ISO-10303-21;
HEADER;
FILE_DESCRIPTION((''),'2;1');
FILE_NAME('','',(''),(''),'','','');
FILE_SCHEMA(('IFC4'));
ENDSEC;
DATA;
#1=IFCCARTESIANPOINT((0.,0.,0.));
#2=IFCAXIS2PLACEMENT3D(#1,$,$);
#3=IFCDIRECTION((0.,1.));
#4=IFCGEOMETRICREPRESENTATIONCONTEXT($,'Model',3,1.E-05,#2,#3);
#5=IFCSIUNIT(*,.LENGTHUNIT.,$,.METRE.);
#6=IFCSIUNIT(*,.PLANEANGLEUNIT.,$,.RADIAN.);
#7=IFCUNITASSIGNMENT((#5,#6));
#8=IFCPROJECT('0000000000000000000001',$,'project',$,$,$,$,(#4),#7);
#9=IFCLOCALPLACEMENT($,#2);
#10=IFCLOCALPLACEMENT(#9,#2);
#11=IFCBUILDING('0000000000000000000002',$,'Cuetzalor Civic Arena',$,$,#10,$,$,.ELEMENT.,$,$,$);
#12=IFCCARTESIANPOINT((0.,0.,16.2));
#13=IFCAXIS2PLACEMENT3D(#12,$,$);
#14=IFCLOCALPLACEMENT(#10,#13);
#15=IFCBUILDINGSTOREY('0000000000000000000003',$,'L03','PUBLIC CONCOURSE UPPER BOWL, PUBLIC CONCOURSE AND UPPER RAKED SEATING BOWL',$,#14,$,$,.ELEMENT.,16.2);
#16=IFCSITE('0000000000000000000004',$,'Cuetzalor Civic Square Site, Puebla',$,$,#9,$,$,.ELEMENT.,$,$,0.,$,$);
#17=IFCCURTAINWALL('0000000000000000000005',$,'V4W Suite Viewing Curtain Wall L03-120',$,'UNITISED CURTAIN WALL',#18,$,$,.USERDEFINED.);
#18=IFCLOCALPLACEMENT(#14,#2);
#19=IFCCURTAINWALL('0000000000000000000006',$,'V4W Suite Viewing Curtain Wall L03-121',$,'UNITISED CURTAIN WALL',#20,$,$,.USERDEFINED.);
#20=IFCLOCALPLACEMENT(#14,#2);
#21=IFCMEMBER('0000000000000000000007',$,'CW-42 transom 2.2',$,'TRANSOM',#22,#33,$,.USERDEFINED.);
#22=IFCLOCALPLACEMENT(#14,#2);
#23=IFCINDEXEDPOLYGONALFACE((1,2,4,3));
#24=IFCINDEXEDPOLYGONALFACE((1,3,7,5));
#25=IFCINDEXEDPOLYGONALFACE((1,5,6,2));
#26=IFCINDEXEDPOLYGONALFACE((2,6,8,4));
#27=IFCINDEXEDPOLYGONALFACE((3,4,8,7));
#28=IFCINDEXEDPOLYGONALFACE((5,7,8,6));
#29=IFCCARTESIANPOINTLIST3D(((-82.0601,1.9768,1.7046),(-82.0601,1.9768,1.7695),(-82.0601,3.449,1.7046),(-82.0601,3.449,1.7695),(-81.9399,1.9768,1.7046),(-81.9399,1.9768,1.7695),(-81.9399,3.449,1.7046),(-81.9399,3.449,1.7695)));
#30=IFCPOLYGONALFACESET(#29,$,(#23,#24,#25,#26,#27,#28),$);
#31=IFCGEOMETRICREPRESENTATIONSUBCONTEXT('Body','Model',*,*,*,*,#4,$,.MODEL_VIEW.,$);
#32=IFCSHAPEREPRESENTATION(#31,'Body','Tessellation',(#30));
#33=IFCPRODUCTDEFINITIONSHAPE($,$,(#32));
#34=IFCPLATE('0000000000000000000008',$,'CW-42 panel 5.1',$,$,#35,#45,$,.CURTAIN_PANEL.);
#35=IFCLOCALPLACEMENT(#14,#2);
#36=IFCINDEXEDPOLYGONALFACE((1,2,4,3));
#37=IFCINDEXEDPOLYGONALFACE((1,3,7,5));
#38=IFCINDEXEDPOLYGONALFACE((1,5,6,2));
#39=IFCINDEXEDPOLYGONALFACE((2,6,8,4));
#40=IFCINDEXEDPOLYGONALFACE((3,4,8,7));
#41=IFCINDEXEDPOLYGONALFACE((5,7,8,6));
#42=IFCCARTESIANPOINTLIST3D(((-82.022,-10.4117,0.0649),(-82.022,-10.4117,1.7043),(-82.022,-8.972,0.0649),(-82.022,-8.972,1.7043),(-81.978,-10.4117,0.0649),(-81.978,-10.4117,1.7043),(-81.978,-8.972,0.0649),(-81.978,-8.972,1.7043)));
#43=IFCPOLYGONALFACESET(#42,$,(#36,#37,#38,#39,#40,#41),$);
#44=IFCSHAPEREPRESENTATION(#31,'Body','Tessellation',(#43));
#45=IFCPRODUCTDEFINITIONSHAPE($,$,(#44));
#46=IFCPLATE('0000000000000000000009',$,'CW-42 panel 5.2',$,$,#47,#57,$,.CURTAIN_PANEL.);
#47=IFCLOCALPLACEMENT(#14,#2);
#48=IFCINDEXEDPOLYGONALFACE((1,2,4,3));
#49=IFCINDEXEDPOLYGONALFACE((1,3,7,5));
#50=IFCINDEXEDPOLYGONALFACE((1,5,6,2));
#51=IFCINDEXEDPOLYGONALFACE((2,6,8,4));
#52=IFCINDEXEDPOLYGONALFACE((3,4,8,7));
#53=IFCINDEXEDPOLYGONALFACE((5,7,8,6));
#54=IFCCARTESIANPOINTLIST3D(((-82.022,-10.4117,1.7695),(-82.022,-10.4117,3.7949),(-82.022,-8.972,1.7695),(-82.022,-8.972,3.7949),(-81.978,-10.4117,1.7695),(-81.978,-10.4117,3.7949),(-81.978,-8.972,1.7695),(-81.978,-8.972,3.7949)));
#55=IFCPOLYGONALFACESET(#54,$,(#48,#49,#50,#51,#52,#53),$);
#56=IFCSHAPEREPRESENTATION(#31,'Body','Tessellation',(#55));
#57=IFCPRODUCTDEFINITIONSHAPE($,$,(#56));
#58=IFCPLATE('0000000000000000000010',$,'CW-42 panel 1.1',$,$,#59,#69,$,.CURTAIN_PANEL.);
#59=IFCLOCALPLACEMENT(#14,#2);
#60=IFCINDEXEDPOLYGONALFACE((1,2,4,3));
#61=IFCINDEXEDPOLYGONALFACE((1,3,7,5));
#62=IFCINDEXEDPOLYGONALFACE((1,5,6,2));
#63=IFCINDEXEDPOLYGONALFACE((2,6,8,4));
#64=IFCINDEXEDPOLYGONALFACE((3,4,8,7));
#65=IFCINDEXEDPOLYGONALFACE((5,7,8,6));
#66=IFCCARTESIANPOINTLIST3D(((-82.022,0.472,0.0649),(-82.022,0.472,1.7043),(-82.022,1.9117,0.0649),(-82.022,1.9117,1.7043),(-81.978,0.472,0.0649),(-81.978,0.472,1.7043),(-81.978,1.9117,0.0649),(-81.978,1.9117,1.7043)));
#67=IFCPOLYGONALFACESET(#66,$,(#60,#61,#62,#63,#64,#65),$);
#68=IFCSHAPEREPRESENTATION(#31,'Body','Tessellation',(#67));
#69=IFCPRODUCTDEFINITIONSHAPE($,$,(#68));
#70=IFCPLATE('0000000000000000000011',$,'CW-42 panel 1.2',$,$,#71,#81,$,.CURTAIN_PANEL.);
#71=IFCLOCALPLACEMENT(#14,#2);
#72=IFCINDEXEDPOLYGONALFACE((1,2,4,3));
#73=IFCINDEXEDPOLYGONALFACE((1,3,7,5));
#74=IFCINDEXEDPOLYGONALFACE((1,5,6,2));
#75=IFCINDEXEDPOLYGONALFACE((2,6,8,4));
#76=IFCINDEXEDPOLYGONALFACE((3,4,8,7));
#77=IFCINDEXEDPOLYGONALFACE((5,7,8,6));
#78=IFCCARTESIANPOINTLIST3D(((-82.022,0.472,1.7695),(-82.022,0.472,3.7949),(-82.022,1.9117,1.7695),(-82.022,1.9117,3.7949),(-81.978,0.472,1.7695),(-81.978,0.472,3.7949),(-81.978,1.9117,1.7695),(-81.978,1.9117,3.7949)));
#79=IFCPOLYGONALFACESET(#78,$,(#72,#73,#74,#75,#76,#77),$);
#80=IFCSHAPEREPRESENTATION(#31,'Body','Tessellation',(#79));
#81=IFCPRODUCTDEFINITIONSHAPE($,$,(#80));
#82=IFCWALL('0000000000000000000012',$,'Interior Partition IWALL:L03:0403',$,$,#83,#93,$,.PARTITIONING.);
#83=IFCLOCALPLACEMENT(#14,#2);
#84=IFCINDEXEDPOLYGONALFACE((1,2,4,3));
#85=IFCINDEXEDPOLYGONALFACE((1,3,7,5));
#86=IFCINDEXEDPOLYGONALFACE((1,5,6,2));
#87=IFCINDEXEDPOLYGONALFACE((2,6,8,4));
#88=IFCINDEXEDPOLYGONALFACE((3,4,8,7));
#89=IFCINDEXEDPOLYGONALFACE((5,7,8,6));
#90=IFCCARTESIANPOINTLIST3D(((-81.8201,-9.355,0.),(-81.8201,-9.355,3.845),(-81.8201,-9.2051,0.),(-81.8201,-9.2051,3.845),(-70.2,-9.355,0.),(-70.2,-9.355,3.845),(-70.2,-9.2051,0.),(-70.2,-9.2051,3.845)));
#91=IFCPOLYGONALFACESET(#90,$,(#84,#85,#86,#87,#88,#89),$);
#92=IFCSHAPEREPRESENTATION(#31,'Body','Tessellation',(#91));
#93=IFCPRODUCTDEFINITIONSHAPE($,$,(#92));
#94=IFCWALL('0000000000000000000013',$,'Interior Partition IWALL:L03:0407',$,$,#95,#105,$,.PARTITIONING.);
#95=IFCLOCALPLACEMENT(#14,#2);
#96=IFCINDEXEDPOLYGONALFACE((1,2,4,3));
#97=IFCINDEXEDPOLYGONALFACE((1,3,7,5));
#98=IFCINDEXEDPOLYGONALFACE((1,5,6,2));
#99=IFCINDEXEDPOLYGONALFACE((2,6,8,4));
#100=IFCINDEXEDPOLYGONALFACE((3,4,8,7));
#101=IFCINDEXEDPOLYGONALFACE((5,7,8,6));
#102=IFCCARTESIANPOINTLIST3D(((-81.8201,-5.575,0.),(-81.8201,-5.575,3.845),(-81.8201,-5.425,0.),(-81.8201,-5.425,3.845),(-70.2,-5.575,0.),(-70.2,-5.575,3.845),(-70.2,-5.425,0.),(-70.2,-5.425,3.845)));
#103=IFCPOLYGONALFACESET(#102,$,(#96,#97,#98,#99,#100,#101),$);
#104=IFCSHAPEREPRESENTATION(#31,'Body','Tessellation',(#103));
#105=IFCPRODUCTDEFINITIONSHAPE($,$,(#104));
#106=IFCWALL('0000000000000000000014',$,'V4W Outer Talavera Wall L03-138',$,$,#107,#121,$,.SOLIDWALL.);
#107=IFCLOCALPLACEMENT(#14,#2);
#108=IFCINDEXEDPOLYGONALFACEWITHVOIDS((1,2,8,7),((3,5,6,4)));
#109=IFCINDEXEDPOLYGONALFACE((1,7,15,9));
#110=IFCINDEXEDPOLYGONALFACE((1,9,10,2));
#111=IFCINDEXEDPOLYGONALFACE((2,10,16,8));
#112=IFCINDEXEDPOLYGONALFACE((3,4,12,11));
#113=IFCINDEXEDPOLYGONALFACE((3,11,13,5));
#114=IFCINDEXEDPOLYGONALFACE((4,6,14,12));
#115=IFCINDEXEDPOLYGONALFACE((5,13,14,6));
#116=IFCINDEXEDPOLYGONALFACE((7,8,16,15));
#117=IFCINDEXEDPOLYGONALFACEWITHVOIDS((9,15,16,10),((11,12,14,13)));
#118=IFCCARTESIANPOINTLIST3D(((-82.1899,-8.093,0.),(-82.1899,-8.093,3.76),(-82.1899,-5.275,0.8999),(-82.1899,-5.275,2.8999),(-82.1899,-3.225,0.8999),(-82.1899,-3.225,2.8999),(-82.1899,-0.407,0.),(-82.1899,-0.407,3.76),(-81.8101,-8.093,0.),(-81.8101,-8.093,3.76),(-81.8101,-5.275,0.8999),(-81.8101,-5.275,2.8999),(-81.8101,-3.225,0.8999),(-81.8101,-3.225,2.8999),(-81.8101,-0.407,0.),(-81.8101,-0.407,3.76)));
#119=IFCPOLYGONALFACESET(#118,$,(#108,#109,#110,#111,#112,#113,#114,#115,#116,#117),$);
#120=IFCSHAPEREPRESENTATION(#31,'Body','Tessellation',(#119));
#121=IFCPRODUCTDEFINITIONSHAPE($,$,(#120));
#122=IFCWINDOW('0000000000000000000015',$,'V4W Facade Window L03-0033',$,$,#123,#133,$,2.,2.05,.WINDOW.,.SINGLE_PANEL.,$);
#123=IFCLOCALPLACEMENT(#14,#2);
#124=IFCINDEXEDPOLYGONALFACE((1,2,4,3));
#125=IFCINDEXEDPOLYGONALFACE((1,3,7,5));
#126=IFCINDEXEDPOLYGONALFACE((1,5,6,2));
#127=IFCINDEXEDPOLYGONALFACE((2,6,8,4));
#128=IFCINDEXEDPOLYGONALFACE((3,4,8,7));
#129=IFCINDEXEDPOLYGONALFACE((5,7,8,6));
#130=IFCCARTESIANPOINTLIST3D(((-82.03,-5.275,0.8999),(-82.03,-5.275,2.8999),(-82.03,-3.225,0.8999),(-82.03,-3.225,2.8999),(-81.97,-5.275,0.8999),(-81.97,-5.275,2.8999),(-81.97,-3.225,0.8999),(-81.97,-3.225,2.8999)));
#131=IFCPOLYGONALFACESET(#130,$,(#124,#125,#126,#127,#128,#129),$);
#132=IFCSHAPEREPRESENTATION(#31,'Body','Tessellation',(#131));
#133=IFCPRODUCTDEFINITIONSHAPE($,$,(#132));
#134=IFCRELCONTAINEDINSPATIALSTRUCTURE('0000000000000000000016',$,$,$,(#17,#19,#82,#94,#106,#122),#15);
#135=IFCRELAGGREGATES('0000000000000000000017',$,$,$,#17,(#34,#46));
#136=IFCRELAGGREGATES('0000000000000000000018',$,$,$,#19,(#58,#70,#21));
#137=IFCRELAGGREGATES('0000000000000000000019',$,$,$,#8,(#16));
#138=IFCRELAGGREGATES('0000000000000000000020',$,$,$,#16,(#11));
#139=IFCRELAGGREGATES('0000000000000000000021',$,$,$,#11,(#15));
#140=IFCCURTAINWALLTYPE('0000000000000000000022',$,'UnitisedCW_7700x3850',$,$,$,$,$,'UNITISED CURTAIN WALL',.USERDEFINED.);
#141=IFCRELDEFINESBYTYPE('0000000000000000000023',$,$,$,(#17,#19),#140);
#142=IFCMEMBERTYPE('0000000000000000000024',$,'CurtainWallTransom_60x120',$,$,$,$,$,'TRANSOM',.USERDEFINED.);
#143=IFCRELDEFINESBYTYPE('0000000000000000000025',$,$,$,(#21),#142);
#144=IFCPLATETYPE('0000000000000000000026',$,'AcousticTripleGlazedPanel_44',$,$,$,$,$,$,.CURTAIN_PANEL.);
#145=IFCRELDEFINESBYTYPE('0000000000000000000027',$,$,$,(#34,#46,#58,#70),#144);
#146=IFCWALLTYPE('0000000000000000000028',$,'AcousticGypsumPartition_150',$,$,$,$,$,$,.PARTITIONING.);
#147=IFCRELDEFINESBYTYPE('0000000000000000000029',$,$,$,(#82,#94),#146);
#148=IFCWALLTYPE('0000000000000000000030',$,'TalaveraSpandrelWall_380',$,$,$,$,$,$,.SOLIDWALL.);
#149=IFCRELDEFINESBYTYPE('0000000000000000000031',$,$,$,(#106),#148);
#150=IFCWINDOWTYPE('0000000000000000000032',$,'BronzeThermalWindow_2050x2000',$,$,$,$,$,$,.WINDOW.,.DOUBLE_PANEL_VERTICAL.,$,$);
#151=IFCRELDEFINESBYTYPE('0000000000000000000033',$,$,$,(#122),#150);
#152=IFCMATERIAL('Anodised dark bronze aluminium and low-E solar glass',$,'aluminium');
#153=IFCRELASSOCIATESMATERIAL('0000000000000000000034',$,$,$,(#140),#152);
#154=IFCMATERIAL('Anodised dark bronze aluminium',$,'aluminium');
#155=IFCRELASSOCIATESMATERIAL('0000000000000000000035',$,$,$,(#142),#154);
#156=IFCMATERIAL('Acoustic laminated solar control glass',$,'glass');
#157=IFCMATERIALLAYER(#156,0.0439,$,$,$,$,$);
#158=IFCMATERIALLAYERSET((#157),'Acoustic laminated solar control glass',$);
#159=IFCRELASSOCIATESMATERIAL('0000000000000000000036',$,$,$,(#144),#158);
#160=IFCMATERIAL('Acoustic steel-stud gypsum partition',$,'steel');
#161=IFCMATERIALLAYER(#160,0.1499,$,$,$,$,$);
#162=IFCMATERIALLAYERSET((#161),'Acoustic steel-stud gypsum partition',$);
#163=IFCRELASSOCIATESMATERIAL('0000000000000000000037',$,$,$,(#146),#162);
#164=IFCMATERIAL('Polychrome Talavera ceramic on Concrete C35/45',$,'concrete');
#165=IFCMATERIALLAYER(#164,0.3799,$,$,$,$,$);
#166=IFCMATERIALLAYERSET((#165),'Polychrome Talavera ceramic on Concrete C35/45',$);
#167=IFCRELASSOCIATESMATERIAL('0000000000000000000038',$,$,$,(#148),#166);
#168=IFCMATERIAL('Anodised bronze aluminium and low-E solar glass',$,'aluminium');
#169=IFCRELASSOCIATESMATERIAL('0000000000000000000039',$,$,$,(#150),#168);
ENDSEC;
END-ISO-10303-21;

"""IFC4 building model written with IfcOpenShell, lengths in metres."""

from ifc_helpers import new_model, si_unit, direction, frame, frame_2d, origin, origin_2d, place, context, subcontext, project, spatial, rectangle, extrude, material, layer, layer_set, material_profile, profile_set, type_object, element, fill, aggregate, save


model = new_model("IFC4")

# Units and contexts
model_context = context("Model", 3, precision=1e-05, world=origin(), true_north=direction((0.0, 1.0)))
body_context = subcontext(model_context, "Body", "Model", "MODEL_VIEW")
ifc_project = project(units=[si_unit("LENGTHUNIT", "METRE"), si_unit("PLANEANGLEUNIT", "RADIAN")], contexts=[model_context])

# Site, building, storey
site_placement = place(None, origin())
site = spatial("IfcSite", under=ifc_project, at=site_placement, Name="Cuetzalor Civic Square Site, Puebla", CompositionType="ELEMENT", RefElevation=0.0)
building_placement = place(site_placement, origin())
building = spatial("IfcBuilding", under=site, at=building_placement, Name="Cuetzalor Civic Arena", CompositionType="ELEMENT")
storey_placement = place(building_placement, frame((0.0, 0.0, 16.2)))
storey = spatial("IfcBuildingStorey", under=building, at=storey_placement, Name="L03", Description="PUBLIC CONCOURSE UPPER BOWL, PUBLIC CONCOURSE AND UPPER RAKED SEATING BOWL", CompositionType="ELEMENT", Elevation=16.2)

# Curtain wall
ifc_material_1 = material(Name="Anodised dark bronze aluminium and low-E solar glass", Category="aluminium")
curtain_wall_type = type_object("IfcCurtainWallType", Name="UnitisedCW_7700x3850", ElementType="UNITISED CURTAIN WALL", PredefinedType="USERDEFINED", material=ifc_material_1)
curtain_wall_1_placement = place(storey_placement, origin())
curtain_wall_1 = element("IfcCurtainWall", 1, at=curtain_wall_1_placement, inside=storey, type_object=curtain_wall_type, Name="V4W Suite Viewing Curtain Wall L03-120", ObjectType="UNITISED CURTAIN WALL", PredefinedType="USERDEFINED")

# Curtain wall
curtain_wall_2_placement = place(storey_placement, origin())
curtain_wall_2 = element("IfcCurtainWall", 2, at=curtain_wall_2_placement, inside=storey, type_object=curtain_wall_type, Name="V4W Suite Viewing Curtain Wall L03-121", ObjectType="UNITISED CURTAIN WALL", PredefinedType="USERDEFINED")

# Member
ifc_material_2 = material(Name="Anodised dark bronze aluminium", Category="aluminium")
ifc_material_profile_1 = material_profile(ifc_material_2, rectangle(XDim=0.1201, YDim=0.0649, at=origin_2d()), Name="ALU TRANSOM 65x120")
ifc_profile_set_1 = profile_set([ifc_material_profile_1], Name="Anodised dark bronze aluminium")
member_type_1 = type_object("IfcMemberType", Name="CurtainWallTransom_60x120", ElementType="TRANSOM", PredefinedType="USERDEFINED", material=ifc_profile_set_1)
member_1_placement = place(storey_placement, frame((-82.0, 1.9768, 1.7371), z_axis=(0.0, 1.0, 0.0), x_axis=(-1.0, 0.0, 0.0)))
member_1 = element("IfcMember", 3, at=member_1_placement, type_object=member_type_1, Name="CW-42 transom 2.2", ObjectType="TRANSOM", PredefinedType="USERDEFINED", context=body_context, shape_type="SweptSolid", body=[
    extrude(rectangle(XDim=0.1201, YDim=0.0649, at=origin_2d()), origin(), (0.0, 0.0, 1.0), 1.4722),
])

# Plates
ifc_material_3 = material(Name="Acoustic laminated solar control glass", Category="glass")
ifc_layer_1 = layer(ifc_material_3, 0.0439)
ifc_layer_set_1 = layer_set([ifc_layer_1], Name="Acoustic laminated solar control glass")
plate_type = type_object("IfcPlateType", Name="AcousticTripleGlazedPanel_44", PredefinedType="CURTAIN_PANEL", material=ifc_layer_set_1)
plate_1_placement = place(storey_placement, frame((-82.0, -9.6919, 0.0649), z_axis=(0.0, 0.0, 1.0), x_axis=(0.0, 1.0, 0.0)))
plate_1 = element("IfcPlate", 4, at=plate_1_placement, type_object=plate_type, Name="CW-42 panel 5.1", PredefinedType="CURTAIN_PANEL", context=body_context, shape_type="SweptSolid", body=[
    extrude(rectangle(XDim=1.4397, YDim=0.0439, at=origin_2d()), origin(), (0.0, 0.0, 1.0), 1.6394),
])
plate_2_placement = place(storey_placement, frame((-82.0, -9.6919, 1.7695), z_axis=(0.0, 0.0, 1.0), x_axis=(0.0, 1.0, 0.0)))
plate_2 = element("IfcPlate", 5, at=plate_2_placement, type_object=plate_type, Name="CW-42 panel 5.2", PredefinedType="CURTAIN_PANEL", context=body_context, shape_type="SweptSolid", body=[
    extrude(rectangle(XDim=1.4397, YDim=0.0439, at=origin_2d()), origin(), (0.0, 0.0, 1.0), 2.0254),
])
aggregate(curtain_wall_1, [plate_1, plate_2])
plate_3_placement = place(storey_placement, frame((-82.0, 1.1919, 0.0649), z_axis=(0.0, 0.0, 1.0), x_axis=(0.0, 1.0, 0.0)))
plate_3 = element("IfcPlate", 6, at=plate_3_placement, type_object=plate_type, Name="CW-42 panel 1.1", PredefinedType="CURTAIN_PANEL", context=body_context, shape_type="SweptSolid", body=[
    extrude(rectangle(XDim=1.4397, YDim=0.0439, at=origin_2d()), origin(), (0.0, 0.0, 1.0), 1.6394),
])
plate_4_placement = place(storey_placement, frame((-82.0, 1.1919, 1.7695), z_axis=(0.0, 0.0, 1.0), x_axis=(0.0, 1.0, 0.0)))
plate_4 = element("IfcPlate", 7, at=plate_4_placement, type_object=plate_type, Name="CW-42 panel 1.2", PredefinedType="CURTAIN_PANEL", context=body_context, shape_type="SweptSolid", body=[
    extrude(rectangle(XDim=1.4397, YDim=0.0439, at=origin_2d()), origin(), (0.0, 0.0, 1.0), 2.0254),
])
aggregate(curtain_wall_2, [plate_3, plate_4, member_1])

# Wall
ifc_material_4 = material(Name="Acoustic steel-stud gypsum partition", Category="steel")
ifc_layer_2 = layer(ifc_material_4, 0.1499)
ifc_layer_set_2 = layer_set([ifc_layer_2], Name="Acoustic steel-stud gypsum partition")
wall_type_1 = type_object("IfcWallType", Name="AcousticGypsumPartition_150", PredefinedType="PARTITIONING", material=ifc_layer_set_2)
wall_1_placement = place(storey_placement, frame((-81.8201, -9.28, 0.0), z_axis=(0.0, 0.0, 1.0), x_axis=(1.0, 0.0, 0.0)))
element("IfcWall", 8, at=wall_1_placement, inside=storey, type_object=wall_type_1, Name="Interior Partition IWALL:L03:0403", PredefinedType="PARTITIONING", context=body_context, shape_type="SweptSolid", body=[
    extrude(rectangle(XDim=11.6201, YDim=0.1499, at=frame_2d((5.8101, 0.0))), origin(), (0.0, 0.0, 1.0), 3.845),
])

# Wall
wall_2_placement = place(storey_placement, frame((-81.8201, -5.5, 0.0), z_axis=(0.0, 0.0, 1.0), x_axis=(1.0, 0.0, 0.0)))
element("IfcWall", 9, at=wall_2_placement, inside=storey, type_object=wall_type_1, Name="Interior Partition IWALL:L03:0407", PredefinedType="PARTITIONING", context=body_context, shape_type="SweptSolid", body=[
    extrude(rectangle(XDim=11.6201, YDim=0.1499, at=frame_2d((5.8101, 0.0))), origin(), (0.0, 0.0, 1.0), 3.845),
])

# Wall, opening, window
ifc_material_5 = material(Name="Polychrome Talavera ceramic on Concrete C35/45", Category="concrete")
ifc_layer_3 = layer(ifc_material_5, 0.3799)
ifc_layer_set_3 = layer_set([ifc_layer_3], Name="Polychrome Talavera ceramic on Concrete C35/45")
wall_type_2 = type_object("IfcWallType", Name="TalaveraSpandrelWall_380", PredefinedType="SOLIDWALL", material=ifc_layer_set_3)
wall_3_placement = place(storey_placement, frame((-82.0, -8.093, 0.0), z_axis=(0.0, 0.0, 1.0), x_axis=(0.0, 1.0, 0.0)))
wall_3 = element("IfcWall", 10, at=wall_3_placement, inside=storey, type_object=wall_type_2, Name="V4W Outer Talavera Wall L03-138", PredefinedType="SOLIDWALL", context=body_context, shape_type="SweptSolid", body=[
    extrude(rectangle(XDim=7.686, YDim=0.3799, at=frame_2d((3.843, 0.0))), origin(), (0.0, 0.0, 1.0), 3.76),
])
opening_1_placement = place(wall_3_placement, frame((2.8181, 0.0, 0.8999)))
opening_1 = element("IfcOpeningElement", 11, at=opening_1_placement, cuts=wall_3, PredefinedType="OPENING", context=body_context, shape_type="SweptSolid", body=[
    extrude(rectangle(XDim=2.05, YDim=2.0, at=frame_2d((1.0249, 1.0))), frame((0.0, 0.2, 0.0), z_axis=(0.0, -1.0, 0.0), x_axis=(1.0, 0.0, 0.0)), (0.0, 0.0, 1.0), 0.3999),
])
ifc_material_6 = material(Name="Anodised bronze aluminium and low-E solar glass", Category="aluminium")
window_type = type_object("IfcWindowType", Name="BronzeThermalWindow_2050x2000", PartitioningType="DOUBLE_PANEL_VERTICAL", PredefinedType="WINDOW", material=ifc_material_6)
window_placement = place(opening_1_placement, origin())
window = element("IfcWindow", 12, at=window_placement, inside=storey, type_object=window_type, Name="V4W Facade Window L03-0033", OverallHeight=2.0, OverallWidth=2.05, PartitioningType="SINGLE_PANEL", PredefinedType="WINDOW", context=body_context, shape_type="SweptSolid", body=[
    extrude(rectangle(XDim=2.05, YDim=2.0, at=frame_2d((1.0249, 1.0))), frame((0.0, 0.03, 0.0), z_axis=(0.0, -1.0, 0.0), x_axis=(1.0, 0.0, 0.0)), (0.0, 0.0, 1.0), 0.0601),
])
fill(opening_1, window)

save(model, "model.ifc")
